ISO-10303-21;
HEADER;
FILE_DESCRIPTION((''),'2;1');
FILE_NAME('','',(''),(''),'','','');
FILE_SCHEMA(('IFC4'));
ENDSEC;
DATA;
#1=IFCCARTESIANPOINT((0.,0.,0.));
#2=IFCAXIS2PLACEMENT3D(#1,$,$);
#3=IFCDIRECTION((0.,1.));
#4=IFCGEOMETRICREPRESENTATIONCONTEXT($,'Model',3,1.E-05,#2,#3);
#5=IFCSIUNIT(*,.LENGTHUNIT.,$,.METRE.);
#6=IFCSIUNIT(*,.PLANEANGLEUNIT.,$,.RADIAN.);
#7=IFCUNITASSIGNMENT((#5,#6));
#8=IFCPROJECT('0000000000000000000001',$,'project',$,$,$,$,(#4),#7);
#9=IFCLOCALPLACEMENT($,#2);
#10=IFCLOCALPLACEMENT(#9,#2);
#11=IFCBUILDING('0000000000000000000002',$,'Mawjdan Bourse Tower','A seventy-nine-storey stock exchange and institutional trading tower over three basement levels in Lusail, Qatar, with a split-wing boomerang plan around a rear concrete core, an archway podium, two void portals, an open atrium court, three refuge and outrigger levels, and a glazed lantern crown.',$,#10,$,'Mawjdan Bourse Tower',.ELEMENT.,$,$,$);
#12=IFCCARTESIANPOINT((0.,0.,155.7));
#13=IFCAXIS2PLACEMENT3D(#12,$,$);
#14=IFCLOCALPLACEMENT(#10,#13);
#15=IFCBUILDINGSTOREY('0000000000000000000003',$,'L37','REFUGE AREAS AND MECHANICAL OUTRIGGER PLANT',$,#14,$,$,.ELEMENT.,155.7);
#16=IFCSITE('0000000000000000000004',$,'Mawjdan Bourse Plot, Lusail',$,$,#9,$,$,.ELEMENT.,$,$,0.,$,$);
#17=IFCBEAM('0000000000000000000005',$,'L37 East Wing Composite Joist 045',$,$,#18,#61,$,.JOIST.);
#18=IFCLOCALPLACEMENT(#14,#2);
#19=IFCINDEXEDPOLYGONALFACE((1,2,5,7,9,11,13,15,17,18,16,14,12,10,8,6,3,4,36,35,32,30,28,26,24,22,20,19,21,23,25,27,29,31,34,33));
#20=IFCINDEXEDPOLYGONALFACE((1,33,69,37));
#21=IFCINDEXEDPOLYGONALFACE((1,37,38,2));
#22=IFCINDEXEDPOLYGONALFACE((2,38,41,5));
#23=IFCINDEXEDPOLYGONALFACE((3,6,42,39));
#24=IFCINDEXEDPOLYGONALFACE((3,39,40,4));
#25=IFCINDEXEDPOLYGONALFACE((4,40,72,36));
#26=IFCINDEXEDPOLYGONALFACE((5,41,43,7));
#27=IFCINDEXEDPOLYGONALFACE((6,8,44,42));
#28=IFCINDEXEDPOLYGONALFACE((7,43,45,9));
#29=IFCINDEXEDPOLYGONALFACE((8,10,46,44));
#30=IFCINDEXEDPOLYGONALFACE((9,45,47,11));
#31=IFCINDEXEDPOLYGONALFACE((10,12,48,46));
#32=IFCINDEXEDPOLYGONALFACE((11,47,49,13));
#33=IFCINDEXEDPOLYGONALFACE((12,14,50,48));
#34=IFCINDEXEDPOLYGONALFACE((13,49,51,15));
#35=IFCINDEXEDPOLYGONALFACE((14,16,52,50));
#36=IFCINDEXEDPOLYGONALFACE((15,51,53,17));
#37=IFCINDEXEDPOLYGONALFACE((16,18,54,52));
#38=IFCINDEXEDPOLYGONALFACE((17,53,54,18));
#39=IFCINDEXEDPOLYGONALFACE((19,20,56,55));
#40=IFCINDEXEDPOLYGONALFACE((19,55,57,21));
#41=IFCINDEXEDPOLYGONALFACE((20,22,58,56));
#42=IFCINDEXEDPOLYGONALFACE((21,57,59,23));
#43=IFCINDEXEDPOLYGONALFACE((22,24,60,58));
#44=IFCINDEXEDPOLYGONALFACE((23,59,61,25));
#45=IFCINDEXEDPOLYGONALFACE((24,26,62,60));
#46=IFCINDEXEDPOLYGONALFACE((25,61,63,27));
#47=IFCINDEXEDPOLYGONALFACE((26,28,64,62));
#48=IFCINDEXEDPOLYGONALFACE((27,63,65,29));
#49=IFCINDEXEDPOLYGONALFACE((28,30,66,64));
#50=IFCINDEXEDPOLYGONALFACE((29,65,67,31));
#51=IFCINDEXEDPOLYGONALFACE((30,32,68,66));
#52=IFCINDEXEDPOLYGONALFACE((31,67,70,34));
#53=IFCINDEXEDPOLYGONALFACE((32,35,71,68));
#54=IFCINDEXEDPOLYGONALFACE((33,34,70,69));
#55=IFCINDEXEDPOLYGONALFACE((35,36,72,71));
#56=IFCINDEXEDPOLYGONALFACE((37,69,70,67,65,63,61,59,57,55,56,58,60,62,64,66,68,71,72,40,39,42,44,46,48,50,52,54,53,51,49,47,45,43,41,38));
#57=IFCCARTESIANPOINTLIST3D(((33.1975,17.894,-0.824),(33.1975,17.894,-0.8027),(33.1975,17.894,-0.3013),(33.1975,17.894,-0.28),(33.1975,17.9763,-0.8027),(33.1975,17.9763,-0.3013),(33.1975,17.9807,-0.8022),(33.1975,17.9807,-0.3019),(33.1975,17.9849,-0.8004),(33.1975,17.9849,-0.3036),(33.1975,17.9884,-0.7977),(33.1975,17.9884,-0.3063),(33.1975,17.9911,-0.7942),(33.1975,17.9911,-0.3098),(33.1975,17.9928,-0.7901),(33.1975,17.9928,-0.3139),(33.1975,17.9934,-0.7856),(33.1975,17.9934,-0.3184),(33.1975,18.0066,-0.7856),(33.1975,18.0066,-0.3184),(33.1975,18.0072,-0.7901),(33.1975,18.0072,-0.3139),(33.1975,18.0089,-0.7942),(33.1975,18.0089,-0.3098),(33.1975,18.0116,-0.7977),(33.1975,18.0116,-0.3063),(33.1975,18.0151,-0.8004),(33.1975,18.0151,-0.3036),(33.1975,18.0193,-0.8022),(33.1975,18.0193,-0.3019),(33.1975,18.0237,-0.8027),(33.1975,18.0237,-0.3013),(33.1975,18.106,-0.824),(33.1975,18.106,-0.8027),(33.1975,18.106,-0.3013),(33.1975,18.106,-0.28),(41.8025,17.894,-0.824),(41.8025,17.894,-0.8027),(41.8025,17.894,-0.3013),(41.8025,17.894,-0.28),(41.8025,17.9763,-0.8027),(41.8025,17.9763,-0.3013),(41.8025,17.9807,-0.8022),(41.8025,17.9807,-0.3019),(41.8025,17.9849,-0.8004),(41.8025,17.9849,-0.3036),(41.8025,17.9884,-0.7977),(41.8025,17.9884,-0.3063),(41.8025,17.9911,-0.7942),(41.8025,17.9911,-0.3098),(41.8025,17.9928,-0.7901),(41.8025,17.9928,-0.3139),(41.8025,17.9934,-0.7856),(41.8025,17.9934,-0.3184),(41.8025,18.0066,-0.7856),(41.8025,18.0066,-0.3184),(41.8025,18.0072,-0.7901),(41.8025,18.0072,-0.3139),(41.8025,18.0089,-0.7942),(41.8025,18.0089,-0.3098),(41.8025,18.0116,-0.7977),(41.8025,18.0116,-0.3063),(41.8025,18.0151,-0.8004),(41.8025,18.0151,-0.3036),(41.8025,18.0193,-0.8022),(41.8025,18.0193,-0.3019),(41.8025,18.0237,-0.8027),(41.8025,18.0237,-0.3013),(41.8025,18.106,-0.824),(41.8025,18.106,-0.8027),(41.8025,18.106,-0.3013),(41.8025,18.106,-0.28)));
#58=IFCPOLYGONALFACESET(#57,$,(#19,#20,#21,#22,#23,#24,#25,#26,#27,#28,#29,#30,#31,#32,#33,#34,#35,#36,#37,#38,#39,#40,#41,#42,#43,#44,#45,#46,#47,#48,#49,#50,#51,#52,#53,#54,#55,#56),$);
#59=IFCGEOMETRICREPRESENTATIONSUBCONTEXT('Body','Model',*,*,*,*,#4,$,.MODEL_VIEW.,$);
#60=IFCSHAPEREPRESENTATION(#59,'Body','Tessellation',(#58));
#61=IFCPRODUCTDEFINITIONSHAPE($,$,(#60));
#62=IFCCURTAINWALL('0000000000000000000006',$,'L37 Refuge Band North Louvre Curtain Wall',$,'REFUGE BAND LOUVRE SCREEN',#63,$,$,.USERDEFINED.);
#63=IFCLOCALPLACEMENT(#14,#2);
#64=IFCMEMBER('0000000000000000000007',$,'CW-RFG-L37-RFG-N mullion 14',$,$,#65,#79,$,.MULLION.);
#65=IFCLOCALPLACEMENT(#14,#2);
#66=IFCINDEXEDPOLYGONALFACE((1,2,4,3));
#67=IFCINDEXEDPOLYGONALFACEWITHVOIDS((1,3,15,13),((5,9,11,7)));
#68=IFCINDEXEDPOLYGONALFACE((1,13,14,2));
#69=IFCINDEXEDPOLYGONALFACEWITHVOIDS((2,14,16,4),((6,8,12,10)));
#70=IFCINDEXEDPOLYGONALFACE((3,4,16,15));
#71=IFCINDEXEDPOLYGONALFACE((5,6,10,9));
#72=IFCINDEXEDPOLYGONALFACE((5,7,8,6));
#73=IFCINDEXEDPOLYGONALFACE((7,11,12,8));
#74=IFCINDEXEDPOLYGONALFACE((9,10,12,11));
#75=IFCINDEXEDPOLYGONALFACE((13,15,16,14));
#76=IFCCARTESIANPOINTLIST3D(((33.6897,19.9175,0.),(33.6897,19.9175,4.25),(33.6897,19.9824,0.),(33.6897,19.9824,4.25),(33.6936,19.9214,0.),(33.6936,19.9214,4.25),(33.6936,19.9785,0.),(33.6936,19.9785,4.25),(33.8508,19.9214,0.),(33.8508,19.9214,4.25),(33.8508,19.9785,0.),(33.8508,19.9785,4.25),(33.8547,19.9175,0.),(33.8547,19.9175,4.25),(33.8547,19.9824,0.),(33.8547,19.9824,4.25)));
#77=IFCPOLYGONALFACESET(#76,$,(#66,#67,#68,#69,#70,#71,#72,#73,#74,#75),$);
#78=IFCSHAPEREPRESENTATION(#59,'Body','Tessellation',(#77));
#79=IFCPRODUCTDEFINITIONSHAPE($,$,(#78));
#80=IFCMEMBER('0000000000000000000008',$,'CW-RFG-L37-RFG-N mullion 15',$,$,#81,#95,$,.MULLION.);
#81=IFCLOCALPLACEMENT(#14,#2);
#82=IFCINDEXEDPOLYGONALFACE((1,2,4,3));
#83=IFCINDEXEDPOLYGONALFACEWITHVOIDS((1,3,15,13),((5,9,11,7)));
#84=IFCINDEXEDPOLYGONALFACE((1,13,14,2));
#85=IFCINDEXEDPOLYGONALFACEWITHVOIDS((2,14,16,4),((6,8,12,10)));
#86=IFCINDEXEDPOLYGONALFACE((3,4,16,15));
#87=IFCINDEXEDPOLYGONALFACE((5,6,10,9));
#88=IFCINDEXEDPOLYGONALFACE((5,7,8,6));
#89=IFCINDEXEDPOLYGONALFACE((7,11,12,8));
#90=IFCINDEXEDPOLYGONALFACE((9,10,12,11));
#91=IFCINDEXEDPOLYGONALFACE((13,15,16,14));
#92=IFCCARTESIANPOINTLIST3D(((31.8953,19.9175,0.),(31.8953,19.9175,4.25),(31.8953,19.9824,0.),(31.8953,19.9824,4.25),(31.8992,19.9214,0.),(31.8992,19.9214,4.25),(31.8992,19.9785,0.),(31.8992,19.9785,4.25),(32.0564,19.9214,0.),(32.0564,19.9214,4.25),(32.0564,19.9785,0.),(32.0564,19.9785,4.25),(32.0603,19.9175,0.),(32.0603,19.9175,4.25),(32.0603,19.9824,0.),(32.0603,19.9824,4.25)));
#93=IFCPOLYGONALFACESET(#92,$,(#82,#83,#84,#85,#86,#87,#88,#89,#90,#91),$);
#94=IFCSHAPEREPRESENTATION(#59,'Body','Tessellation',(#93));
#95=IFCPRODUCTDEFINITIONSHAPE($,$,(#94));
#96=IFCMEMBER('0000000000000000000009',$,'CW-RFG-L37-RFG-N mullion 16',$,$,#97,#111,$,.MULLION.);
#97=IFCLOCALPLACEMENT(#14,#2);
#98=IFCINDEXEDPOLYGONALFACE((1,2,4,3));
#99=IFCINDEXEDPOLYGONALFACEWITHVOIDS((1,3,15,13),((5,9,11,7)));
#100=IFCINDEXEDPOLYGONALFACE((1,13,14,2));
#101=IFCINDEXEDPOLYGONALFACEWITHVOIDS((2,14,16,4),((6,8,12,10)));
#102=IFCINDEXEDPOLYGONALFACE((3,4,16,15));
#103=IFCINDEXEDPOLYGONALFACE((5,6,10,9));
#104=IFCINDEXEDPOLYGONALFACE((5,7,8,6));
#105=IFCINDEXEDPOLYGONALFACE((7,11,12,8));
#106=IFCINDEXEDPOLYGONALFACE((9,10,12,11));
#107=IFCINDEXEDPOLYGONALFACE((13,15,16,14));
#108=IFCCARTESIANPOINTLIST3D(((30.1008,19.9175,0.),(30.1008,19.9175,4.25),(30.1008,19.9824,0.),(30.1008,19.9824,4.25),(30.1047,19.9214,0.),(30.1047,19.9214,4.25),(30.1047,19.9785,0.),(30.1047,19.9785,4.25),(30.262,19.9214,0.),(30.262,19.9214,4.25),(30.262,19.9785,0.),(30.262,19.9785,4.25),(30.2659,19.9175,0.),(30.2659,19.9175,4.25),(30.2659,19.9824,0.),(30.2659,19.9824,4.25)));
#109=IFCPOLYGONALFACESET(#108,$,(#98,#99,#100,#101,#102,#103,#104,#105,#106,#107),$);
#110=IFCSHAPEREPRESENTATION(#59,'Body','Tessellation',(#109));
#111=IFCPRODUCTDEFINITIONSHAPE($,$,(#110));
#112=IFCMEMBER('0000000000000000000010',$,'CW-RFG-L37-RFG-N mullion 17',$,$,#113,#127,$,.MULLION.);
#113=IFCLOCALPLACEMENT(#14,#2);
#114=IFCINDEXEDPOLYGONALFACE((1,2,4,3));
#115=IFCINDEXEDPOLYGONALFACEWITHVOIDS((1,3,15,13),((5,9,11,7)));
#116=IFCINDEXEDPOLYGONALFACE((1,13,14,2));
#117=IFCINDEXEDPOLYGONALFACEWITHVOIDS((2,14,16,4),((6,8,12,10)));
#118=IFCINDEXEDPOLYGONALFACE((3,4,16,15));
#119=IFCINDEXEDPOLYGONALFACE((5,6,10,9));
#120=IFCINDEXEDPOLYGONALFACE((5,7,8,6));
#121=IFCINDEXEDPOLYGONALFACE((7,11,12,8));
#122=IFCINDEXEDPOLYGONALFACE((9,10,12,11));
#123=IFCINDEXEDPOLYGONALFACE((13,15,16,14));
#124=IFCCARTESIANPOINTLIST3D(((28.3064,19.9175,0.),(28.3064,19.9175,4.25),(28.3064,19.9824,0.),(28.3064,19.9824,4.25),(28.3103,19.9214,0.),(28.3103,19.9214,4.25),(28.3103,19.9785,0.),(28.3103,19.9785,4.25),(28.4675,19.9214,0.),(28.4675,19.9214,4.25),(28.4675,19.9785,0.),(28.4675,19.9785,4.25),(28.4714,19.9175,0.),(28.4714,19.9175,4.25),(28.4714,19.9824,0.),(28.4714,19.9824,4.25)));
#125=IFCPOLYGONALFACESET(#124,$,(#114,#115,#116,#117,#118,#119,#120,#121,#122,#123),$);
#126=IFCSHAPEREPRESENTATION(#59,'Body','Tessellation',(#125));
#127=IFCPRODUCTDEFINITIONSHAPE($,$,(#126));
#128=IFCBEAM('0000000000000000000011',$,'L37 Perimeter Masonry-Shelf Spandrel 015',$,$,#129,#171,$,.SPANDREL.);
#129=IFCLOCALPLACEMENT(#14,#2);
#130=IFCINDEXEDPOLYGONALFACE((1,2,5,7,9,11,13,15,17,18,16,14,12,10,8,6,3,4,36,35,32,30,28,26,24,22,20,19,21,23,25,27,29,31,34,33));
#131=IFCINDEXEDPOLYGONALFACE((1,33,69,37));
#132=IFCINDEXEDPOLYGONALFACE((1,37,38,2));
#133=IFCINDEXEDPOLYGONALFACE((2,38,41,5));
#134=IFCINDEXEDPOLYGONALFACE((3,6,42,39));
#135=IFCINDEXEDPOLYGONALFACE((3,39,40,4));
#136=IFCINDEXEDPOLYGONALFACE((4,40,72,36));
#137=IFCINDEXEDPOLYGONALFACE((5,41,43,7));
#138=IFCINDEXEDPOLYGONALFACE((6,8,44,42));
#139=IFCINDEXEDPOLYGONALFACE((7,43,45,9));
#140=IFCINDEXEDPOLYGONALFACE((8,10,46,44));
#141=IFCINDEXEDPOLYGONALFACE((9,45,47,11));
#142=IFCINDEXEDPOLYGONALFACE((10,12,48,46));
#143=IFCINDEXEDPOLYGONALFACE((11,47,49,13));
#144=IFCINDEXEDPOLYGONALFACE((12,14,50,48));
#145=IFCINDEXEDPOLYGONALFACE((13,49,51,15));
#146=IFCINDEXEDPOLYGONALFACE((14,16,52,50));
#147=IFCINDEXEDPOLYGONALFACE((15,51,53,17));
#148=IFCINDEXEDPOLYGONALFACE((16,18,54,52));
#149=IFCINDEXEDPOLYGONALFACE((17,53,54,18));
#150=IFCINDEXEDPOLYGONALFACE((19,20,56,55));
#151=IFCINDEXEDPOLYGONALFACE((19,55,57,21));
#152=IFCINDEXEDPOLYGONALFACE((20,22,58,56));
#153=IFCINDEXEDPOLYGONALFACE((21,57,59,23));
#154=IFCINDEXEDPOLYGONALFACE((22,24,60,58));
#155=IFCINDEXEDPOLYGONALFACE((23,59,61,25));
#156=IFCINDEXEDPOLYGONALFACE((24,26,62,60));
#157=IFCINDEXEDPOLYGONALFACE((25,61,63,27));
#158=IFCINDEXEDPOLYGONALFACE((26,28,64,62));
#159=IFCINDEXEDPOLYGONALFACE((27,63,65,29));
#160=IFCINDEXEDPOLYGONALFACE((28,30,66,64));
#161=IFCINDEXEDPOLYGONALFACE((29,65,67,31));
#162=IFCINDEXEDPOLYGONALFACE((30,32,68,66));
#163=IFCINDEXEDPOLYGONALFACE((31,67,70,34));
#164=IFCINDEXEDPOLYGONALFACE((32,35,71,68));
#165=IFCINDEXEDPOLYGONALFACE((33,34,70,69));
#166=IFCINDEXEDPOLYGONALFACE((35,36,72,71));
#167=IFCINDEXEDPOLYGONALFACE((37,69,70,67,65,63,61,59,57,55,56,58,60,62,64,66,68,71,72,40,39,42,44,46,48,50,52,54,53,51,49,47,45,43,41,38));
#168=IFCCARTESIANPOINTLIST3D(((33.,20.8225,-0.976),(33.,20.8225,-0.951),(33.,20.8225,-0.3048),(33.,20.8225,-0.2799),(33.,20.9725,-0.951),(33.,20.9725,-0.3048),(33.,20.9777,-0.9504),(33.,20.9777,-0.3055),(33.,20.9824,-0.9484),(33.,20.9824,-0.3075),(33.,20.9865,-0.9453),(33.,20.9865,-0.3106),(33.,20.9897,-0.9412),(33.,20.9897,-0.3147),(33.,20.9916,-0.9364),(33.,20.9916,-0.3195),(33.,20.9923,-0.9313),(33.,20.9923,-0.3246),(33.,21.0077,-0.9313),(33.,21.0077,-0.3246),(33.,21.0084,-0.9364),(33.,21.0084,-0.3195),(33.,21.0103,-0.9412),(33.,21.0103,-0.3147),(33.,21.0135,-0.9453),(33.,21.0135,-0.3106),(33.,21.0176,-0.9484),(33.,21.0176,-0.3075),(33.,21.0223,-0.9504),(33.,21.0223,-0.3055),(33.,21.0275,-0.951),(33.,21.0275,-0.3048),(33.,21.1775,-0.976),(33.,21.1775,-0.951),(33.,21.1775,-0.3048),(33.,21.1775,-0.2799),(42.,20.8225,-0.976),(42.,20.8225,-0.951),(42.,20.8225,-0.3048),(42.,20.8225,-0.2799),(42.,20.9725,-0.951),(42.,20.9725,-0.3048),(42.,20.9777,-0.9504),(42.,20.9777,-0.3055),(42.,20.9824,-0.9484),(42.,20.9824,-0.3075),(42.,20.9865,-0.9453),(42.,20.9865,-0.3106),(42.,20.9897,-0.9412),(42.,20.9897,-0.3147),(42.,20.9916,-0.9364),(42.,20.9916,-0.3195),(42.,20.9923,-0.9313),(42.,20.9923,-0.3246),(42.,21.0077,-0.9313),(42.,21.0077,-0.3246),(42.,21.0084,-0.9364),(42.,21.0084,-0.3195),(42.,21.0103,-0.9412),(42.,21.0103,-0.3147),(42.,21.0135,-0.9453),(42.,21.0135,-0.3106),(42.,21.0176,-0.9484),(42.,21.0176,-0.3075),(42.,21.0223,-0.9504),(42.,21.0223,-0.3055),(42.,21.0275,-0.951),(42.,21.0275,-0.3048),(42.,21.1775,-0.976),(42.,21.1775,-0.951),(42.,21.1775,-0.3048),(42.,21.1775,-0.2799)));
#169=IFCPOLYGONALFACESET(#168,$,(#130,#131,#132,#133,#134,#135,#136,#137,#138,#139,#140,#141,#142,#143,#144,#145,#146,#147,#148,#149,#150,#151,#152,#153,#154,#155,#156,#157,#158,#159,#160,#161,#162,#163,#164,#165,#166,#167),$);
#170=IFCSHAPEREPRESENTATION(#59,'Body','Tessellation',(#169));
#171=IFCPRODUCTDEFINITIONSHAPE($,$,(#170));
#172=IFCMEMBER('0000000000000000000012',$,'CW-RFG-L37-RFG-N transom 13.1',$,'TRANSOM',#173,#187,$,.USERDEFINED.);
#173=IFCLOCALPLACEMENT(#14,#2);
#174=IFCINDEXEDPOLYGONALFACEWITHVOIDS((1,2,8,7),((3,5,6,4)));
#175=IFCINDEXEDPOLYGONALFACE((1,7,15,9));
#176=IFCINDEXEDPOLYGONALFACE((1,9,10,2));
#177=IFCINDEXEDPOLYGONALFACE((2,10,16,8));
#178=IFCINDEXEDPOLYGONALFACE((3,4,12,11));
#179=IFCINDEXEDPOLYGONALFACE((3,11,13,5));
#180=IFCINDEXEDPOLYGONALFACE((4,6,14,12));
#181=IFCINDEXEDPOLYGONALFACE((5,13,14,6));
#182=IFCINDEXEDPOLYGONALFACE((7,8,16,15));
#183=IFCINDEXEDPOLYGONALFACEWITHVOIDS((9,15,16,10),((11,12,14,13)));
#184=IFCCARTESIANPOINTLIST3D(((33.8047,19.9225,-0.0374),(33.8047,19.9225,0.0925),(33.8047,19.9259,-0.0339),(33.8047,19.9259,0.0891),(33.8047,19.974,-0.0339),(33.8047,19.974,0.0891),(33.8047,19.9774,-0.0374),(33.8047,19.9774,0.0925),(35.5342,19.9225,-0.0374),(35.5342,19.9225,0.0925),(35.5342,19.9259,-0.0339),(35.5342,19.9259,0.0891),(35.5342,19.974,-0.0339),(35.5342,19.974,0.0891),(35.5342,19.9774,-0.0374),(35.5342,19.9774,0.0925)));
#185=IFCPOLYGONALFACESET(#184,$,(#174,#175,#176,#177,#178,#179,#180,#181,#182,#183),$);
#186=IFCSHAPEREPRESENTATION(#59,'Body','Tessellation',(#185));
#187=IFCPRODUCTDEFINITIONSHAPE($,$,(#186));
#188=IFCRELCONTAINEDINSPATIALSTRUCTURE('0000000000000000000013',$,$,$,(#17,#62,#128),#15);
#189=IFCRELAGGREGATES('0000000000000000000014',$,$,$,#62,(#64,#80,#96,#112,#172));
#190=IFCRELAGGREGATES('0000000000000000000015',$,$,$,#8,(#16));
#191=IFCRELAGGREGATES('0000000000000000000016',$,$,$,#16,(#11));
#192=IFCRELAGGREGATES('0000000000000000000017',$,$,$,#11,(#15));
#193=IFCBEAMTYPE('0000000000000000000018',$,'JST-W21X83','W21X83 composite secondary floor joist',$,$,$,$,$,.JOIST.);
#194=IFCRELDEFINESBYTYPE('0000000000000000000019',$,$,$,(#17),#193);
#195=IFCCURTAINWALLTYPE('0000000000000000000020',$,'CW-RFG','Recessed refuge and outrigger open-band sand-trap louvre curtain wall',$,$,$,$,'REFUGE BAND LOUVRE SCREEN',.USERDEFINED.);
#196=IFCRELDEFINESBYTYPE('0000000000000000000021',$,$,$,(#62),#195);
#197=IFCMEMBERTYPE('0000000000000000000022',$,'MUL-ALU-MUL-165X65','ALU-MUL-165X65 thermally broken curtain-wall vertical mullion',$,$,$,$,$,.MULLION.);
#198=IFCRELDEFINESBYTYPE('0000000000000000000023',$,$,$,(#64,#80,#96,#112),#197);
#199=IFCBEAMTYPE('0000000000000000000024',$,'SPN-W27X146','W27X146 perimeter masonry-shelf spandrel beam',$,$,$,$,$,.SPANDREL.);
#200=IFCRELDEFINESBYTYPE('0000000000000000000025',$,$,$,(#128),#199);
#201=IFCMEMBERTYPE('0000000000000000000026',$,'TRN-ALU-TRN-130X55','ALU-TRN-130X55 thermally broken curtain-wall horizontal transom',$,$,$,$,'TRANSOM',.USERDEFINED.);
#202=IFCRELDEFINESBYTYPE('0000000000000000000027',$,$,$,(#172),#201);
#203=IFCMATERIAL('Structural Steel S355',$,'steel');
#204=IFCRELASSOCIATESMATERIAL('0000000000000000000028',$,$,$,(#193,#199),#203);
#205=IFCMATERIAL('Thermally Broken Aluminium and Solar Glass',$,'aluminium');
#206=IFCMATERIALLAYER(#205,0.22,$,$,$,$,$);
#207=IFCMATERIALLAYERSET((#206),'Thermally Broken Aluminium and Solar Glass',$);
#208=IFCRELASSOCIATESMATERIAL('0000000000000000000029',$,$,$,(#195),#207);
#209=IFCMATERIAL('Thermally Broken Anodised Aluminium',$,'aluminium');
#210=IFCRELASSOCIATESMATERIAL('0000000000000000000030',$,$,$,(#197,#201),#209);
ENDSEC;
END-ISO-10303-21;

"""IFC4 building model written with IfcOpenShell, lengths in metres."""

from ifc_helpers import new_model, si_unit, direction, frame, origin, origin_2d, place, context, subcontext, project, spatial, hollow_rectangle, i_section, extrude, material, layer, layer_set, material_profile, profile_set, type_object, element, aggregate, save


model = new_model("IFC4")

# Units and contexts
model_context = context("Model", 3, precision=1e-05, world=origin(), true_north=direction((0.0, 1.0)))
body_context = subcontext(model_context, "Body", "Model", "MODEL_VIEW")
ifc_project = project(units=[si_unit("LENGTHUNIT", "METRE"), si_unit("PLANEANGLEUNIT", "RADIAN")], contexts=[model_context])

# Site, building, storey
site_placement = place(None, origin())
site = spatial("IfcSite", under=ifc_project, at=site_placement, Name="Mawjdan Bourse Plot, Lusail", CompositionType="ELEMENT", RefElevation=0.0)
building_placement = place(site_placement, origin())
building = spatial("IfcBuilding", under=site, at=building_placement, Name="Mawjdan Bourse Tower", Description="A seventy-nine-storey stock exchange and institutional trading tower over three basement levels in Lusail, Qatar, with a split-wing boomerang plan around a rear concrete core, an archway podium, two void portals, an open atrium court, three refuge and outrigger levels, and a glazed lantern crown.", LongName="Mawjdan Bourse Tower", CompositionType="ELEMENT")
storey_placement = place(building_placement, frame((0.0, 0.0, 155.7)))
storey = spatial("IfcBuildingStorey", under=building, at=storey_placement, Name="L37", Description="REFUGE AREAS AND MECHANICAL OUTRIGGER PLANT", CompositionType="ELEMENT", Elevation=155.7)

# Beam
ifc_material_1 = material(Name="Structural Steel S355", Category="steel")
ifc_material_profile_1 = material_profile(ifc_material_1, i_section(OverallWidth=0.2119, OverallDepth=0.5439, WebThickness=0.0132, FlangeThickness=0.0212, FilletRadius=0.0171, at=origin_2d()), Name="W21X83")
ifc_profile_set_1 = profile_set([ifc_material_profile_1], Name="Structural Steel S355")
beam_type_1 = type_object("IfcBeamType", Name="JST-W21X83", Description="W21X83 composite secondary floor joist", PredefinedType="JOIST", material=ifc_profile_set_1)
for number, where, z_axis, x_axis, name in (
    (1, (33.1975, 18.0, -0.552), (1.0, 0.0, 0.0), (0.0, 1.0, 0.0), "L37 East Wing Composite Joist 045"),
):
    element("IfcBeam", number, at=place(storey_placement, frame(where, z_axis=z_axis, x_axis=x_axis)), inside=storey, type_object=beam_type_1, Name=name, PredefinedType="JOIST", context=body_context, shape_type="SweptSolid", body=[
        extrude(i_section(OverallWidth=0.2119, OverallDepth=0.5439, WebThickness=0.0132, FlangeThickness=0.0212, FilletRadius=0.0171, at=origin_2d()), origin(), (0.0, 0.0, 1.0), 8.605),
    ])

# Curtain wall, members
ifc_material_2 = material(Name="Thermally Broken Aluminium and Solar Glass", Category="aluminium")
ifc_layer_1 = layer(ifc_material_2, 0.22)
ifc_layer_set_1 = layer_set([ifc_layer_1], Name="Thermally Broken Aluminium and Solar Glass")
curtain_wall_type = type_object("IfcCurtainWallType", Name="CW-RFG", Description="Recessed refuge and outrigger open-band sand-trap louvre curtain wall", ElementType="REFUGE BAND LOUVRE SCREEN", PredefinedType="USERDEFINED", material=ifc_layer_set_1)
curtain_wall_placement = place(storey_placement, origin())
curtain_wall = element("IfcCurtainWall", 2, at=curtain_wall_placement, inside=storey, type_object=curtain_wall_type, Name="L37 Refuge Band North Louvre Curtain Wall", ObjectType="REFUGE BAND LOUVRE SCREEN", PredefinedType="USERDEFINED")
ifc_material_3 = material(Name="Thermally Broken Anodised Aluminium", Category="aluminium")
ifc_material_profile_2 = material_profile(ifc_material_3, hollow_rectangle(XDim=0.0649, YDim=0.165, WallThickness=0.0039, at=origin_2d()), Name="ALU-MUL-165X65")
ifc_profile_set_2 = profile_set([ifc_material_profile_2], Name="Thermally Broken Anodised Aluminium")
member_type_1 = type_object("IfcMemberType", Name="MUL-ALU-MUL-165X65", Description="ALU-MUL-165X65 thermally broken curtain-wall vertical mullion", PredefinedType="MULLION", material=ifc_profile_set_2)
member_1_placement = place(storey_placement, frame((33.7722, 19.95, 0.0), z_axis=(0.0, 0.0, 1.0), x_axis=(0.0, -1.0, 0.0)))
member_1 = element("IfcMember", 3, at=member_1_placement, type_object=member_type_1, Name="CW-RFG-L37-RFG-N mullion 14", PredefinedType="MULLION", context=body_context, shape_type="SweptSolid", body=[
    extrude(hollow_rectangle(XDim=0.0649, YDim=0.165, WallThickness=0.0039, at=origin_2d()), origin(), (0.0, 0.0, 1.0), 4.25),
])
member_2_placement = place(storey_placement, frame((31.9778, 19.95, 0.0), z_axis=(0.0, 0.0, 1.0), x_axis=(0.0, -1.0, 0.0)))
member_2 = element("IfcMember", 4, at=member_2_placement, type_object=member_type_1, Name="CW-RFG-L37-RFG-N mullion 15", PredefinedType="MULLION", context=body_context, shape_type="SweptSolid", body=[
    extrude(hollow_rectangle(XDim=0.0649, YDim=0.165, WallThickness=0.0039, at=origin_2d()), origin(), (0.0, 0.0, 1.0), 4.25),
])
member_3_placement = place(storey_placement, frame((30.1833, 19.95, 0.0), z_axis=(0.0, 0.0, 1.0), x_axis=(0.0, -1.0, 0.0)))
member_3 = element("IfcMember", 5, at=member_3_placement, type_object=member_type_1, Name="CW-RFG-L37-RFG-N mullion 16", PredefinedType="MULLION", context=body_context, shape_type="SweptSolid", body=[
    extrude(hollow_rectangle(XDim=0.0649, YDim=0.165, WallThickness=0.0039, at=origin_2d()), origin(), (0.0, 0.0, 1.0), 4.25),
])
member_4_placement = place(storey_placement, frame((28.3889, 19.95, 0.0), z_axis=(0.0, 0.0, 1.0), x_axis=(0.0, -1.0, 0.0)))
member_4 = element("IfcMember", 6, at=member_4_placement, type_object=member_type_1, Name="CW-RFG-L37-RFG-N mullion 17", PredefinedType="MULLION", context=body_context, shape_type="SweptSolid", body=[
    extrude(hollow_rectangle(XDim=0.0649, YDim=0.165, WallThickness=0.0039, at=origin_2d()), origin(), (0.0, 0.0, 1.0), 4.25),
])

# Beam
ifc_material_profile_3 = material_profile(ifc_material_1, i_section(OverallWidth=0.355, OverallDepth=0.696, WebThickness=0.0154, FlangeThickness=0.0249, FilletRadius=0.0198, at=origin_2d()), Name="W27X146")
ifc_profile_set_3 = profile_set([ifc_material_profile_3], Name="Structural Steel S355")
beam_type_2 = type_object("IfcBeamType", Name="SPN-W27X146", Description="W27X146 perimeter masonry-shelf spandrel beam", PredefinedType="SPANDREL", material=ifc_profile_set_3)
beam_placement = place(storey_placement, frame((33.0, 21.0, -0.6279), z_axis=(1.0, 0.0, 0.0), x_axis=(0.0, 1.0, 0.0)))
element("IfcBeam", 7, at=beam_placement, inside=storey, type_object=beam_type_2, Name="L37 Perimeter Masonry-Shelf Spandrel 015", PredefinedType="SPANDREL", context=body_context, shape_type="SweptSolid", body=[
    extrude(i_section(OverallWidth=0.355, OverallDepth=0.696, WebThickness=0.0154, FlangeThickness=0.0249, FilletRadius=0.0198, at=origin_2d()), origin(), (0.0, 0.0, 1.0), 9.0),
])

# Member
ifc_material_profile_4 = material_profile(ifc_material_3, hollow_rectangle(XDim=0.0549, YDim=0.1299, WallThickness=0.0034, at=origin_2d()), Name="ALU-TRN-130X55")
ifc_profile_set_4 = profile_set([ifc_material_profile_4], Name="Thermally Broken Anodised Aluminium")
member_type_2 = type_object("IfcMemberType", Name="TRN-ALU-TRN-130X55", Description="ALU-TRN-130X55 thermally broken curtain-wall horizontal transom", ElementType="TRANSOM", PredefinedType="USERDEFINED", material=ifc_profile_set_4)
member_5_placement = place(storey_placement, frame((35.5342, 19.95, 0.0276), z_axis=(-1.0, 0.0, 0.0), x_axis=(0.0, -1.0, 0.0)))
member_5 = element("IfcMember", 8, at=member_5_placement, type_object=member_type_2, Name="CW-RFG-L37-RFG-N transom 13.1", ObjectType="TRANSOM", PredefinedType="USERDEFINED", context=body_context, shape_type="SweptSolid", body=[
    extrude(hollow_rectangle(XDim=0.0549, YDim=0.1299, WallThickness=0.0034, at=origin_2d()), origin(), (0.0, 0.0, 1.0), 1.7295),
])

aggregate(curtain_wall, [member_1, member_2, member_3, member_4, member_5])

save(model, "model.ifc")
